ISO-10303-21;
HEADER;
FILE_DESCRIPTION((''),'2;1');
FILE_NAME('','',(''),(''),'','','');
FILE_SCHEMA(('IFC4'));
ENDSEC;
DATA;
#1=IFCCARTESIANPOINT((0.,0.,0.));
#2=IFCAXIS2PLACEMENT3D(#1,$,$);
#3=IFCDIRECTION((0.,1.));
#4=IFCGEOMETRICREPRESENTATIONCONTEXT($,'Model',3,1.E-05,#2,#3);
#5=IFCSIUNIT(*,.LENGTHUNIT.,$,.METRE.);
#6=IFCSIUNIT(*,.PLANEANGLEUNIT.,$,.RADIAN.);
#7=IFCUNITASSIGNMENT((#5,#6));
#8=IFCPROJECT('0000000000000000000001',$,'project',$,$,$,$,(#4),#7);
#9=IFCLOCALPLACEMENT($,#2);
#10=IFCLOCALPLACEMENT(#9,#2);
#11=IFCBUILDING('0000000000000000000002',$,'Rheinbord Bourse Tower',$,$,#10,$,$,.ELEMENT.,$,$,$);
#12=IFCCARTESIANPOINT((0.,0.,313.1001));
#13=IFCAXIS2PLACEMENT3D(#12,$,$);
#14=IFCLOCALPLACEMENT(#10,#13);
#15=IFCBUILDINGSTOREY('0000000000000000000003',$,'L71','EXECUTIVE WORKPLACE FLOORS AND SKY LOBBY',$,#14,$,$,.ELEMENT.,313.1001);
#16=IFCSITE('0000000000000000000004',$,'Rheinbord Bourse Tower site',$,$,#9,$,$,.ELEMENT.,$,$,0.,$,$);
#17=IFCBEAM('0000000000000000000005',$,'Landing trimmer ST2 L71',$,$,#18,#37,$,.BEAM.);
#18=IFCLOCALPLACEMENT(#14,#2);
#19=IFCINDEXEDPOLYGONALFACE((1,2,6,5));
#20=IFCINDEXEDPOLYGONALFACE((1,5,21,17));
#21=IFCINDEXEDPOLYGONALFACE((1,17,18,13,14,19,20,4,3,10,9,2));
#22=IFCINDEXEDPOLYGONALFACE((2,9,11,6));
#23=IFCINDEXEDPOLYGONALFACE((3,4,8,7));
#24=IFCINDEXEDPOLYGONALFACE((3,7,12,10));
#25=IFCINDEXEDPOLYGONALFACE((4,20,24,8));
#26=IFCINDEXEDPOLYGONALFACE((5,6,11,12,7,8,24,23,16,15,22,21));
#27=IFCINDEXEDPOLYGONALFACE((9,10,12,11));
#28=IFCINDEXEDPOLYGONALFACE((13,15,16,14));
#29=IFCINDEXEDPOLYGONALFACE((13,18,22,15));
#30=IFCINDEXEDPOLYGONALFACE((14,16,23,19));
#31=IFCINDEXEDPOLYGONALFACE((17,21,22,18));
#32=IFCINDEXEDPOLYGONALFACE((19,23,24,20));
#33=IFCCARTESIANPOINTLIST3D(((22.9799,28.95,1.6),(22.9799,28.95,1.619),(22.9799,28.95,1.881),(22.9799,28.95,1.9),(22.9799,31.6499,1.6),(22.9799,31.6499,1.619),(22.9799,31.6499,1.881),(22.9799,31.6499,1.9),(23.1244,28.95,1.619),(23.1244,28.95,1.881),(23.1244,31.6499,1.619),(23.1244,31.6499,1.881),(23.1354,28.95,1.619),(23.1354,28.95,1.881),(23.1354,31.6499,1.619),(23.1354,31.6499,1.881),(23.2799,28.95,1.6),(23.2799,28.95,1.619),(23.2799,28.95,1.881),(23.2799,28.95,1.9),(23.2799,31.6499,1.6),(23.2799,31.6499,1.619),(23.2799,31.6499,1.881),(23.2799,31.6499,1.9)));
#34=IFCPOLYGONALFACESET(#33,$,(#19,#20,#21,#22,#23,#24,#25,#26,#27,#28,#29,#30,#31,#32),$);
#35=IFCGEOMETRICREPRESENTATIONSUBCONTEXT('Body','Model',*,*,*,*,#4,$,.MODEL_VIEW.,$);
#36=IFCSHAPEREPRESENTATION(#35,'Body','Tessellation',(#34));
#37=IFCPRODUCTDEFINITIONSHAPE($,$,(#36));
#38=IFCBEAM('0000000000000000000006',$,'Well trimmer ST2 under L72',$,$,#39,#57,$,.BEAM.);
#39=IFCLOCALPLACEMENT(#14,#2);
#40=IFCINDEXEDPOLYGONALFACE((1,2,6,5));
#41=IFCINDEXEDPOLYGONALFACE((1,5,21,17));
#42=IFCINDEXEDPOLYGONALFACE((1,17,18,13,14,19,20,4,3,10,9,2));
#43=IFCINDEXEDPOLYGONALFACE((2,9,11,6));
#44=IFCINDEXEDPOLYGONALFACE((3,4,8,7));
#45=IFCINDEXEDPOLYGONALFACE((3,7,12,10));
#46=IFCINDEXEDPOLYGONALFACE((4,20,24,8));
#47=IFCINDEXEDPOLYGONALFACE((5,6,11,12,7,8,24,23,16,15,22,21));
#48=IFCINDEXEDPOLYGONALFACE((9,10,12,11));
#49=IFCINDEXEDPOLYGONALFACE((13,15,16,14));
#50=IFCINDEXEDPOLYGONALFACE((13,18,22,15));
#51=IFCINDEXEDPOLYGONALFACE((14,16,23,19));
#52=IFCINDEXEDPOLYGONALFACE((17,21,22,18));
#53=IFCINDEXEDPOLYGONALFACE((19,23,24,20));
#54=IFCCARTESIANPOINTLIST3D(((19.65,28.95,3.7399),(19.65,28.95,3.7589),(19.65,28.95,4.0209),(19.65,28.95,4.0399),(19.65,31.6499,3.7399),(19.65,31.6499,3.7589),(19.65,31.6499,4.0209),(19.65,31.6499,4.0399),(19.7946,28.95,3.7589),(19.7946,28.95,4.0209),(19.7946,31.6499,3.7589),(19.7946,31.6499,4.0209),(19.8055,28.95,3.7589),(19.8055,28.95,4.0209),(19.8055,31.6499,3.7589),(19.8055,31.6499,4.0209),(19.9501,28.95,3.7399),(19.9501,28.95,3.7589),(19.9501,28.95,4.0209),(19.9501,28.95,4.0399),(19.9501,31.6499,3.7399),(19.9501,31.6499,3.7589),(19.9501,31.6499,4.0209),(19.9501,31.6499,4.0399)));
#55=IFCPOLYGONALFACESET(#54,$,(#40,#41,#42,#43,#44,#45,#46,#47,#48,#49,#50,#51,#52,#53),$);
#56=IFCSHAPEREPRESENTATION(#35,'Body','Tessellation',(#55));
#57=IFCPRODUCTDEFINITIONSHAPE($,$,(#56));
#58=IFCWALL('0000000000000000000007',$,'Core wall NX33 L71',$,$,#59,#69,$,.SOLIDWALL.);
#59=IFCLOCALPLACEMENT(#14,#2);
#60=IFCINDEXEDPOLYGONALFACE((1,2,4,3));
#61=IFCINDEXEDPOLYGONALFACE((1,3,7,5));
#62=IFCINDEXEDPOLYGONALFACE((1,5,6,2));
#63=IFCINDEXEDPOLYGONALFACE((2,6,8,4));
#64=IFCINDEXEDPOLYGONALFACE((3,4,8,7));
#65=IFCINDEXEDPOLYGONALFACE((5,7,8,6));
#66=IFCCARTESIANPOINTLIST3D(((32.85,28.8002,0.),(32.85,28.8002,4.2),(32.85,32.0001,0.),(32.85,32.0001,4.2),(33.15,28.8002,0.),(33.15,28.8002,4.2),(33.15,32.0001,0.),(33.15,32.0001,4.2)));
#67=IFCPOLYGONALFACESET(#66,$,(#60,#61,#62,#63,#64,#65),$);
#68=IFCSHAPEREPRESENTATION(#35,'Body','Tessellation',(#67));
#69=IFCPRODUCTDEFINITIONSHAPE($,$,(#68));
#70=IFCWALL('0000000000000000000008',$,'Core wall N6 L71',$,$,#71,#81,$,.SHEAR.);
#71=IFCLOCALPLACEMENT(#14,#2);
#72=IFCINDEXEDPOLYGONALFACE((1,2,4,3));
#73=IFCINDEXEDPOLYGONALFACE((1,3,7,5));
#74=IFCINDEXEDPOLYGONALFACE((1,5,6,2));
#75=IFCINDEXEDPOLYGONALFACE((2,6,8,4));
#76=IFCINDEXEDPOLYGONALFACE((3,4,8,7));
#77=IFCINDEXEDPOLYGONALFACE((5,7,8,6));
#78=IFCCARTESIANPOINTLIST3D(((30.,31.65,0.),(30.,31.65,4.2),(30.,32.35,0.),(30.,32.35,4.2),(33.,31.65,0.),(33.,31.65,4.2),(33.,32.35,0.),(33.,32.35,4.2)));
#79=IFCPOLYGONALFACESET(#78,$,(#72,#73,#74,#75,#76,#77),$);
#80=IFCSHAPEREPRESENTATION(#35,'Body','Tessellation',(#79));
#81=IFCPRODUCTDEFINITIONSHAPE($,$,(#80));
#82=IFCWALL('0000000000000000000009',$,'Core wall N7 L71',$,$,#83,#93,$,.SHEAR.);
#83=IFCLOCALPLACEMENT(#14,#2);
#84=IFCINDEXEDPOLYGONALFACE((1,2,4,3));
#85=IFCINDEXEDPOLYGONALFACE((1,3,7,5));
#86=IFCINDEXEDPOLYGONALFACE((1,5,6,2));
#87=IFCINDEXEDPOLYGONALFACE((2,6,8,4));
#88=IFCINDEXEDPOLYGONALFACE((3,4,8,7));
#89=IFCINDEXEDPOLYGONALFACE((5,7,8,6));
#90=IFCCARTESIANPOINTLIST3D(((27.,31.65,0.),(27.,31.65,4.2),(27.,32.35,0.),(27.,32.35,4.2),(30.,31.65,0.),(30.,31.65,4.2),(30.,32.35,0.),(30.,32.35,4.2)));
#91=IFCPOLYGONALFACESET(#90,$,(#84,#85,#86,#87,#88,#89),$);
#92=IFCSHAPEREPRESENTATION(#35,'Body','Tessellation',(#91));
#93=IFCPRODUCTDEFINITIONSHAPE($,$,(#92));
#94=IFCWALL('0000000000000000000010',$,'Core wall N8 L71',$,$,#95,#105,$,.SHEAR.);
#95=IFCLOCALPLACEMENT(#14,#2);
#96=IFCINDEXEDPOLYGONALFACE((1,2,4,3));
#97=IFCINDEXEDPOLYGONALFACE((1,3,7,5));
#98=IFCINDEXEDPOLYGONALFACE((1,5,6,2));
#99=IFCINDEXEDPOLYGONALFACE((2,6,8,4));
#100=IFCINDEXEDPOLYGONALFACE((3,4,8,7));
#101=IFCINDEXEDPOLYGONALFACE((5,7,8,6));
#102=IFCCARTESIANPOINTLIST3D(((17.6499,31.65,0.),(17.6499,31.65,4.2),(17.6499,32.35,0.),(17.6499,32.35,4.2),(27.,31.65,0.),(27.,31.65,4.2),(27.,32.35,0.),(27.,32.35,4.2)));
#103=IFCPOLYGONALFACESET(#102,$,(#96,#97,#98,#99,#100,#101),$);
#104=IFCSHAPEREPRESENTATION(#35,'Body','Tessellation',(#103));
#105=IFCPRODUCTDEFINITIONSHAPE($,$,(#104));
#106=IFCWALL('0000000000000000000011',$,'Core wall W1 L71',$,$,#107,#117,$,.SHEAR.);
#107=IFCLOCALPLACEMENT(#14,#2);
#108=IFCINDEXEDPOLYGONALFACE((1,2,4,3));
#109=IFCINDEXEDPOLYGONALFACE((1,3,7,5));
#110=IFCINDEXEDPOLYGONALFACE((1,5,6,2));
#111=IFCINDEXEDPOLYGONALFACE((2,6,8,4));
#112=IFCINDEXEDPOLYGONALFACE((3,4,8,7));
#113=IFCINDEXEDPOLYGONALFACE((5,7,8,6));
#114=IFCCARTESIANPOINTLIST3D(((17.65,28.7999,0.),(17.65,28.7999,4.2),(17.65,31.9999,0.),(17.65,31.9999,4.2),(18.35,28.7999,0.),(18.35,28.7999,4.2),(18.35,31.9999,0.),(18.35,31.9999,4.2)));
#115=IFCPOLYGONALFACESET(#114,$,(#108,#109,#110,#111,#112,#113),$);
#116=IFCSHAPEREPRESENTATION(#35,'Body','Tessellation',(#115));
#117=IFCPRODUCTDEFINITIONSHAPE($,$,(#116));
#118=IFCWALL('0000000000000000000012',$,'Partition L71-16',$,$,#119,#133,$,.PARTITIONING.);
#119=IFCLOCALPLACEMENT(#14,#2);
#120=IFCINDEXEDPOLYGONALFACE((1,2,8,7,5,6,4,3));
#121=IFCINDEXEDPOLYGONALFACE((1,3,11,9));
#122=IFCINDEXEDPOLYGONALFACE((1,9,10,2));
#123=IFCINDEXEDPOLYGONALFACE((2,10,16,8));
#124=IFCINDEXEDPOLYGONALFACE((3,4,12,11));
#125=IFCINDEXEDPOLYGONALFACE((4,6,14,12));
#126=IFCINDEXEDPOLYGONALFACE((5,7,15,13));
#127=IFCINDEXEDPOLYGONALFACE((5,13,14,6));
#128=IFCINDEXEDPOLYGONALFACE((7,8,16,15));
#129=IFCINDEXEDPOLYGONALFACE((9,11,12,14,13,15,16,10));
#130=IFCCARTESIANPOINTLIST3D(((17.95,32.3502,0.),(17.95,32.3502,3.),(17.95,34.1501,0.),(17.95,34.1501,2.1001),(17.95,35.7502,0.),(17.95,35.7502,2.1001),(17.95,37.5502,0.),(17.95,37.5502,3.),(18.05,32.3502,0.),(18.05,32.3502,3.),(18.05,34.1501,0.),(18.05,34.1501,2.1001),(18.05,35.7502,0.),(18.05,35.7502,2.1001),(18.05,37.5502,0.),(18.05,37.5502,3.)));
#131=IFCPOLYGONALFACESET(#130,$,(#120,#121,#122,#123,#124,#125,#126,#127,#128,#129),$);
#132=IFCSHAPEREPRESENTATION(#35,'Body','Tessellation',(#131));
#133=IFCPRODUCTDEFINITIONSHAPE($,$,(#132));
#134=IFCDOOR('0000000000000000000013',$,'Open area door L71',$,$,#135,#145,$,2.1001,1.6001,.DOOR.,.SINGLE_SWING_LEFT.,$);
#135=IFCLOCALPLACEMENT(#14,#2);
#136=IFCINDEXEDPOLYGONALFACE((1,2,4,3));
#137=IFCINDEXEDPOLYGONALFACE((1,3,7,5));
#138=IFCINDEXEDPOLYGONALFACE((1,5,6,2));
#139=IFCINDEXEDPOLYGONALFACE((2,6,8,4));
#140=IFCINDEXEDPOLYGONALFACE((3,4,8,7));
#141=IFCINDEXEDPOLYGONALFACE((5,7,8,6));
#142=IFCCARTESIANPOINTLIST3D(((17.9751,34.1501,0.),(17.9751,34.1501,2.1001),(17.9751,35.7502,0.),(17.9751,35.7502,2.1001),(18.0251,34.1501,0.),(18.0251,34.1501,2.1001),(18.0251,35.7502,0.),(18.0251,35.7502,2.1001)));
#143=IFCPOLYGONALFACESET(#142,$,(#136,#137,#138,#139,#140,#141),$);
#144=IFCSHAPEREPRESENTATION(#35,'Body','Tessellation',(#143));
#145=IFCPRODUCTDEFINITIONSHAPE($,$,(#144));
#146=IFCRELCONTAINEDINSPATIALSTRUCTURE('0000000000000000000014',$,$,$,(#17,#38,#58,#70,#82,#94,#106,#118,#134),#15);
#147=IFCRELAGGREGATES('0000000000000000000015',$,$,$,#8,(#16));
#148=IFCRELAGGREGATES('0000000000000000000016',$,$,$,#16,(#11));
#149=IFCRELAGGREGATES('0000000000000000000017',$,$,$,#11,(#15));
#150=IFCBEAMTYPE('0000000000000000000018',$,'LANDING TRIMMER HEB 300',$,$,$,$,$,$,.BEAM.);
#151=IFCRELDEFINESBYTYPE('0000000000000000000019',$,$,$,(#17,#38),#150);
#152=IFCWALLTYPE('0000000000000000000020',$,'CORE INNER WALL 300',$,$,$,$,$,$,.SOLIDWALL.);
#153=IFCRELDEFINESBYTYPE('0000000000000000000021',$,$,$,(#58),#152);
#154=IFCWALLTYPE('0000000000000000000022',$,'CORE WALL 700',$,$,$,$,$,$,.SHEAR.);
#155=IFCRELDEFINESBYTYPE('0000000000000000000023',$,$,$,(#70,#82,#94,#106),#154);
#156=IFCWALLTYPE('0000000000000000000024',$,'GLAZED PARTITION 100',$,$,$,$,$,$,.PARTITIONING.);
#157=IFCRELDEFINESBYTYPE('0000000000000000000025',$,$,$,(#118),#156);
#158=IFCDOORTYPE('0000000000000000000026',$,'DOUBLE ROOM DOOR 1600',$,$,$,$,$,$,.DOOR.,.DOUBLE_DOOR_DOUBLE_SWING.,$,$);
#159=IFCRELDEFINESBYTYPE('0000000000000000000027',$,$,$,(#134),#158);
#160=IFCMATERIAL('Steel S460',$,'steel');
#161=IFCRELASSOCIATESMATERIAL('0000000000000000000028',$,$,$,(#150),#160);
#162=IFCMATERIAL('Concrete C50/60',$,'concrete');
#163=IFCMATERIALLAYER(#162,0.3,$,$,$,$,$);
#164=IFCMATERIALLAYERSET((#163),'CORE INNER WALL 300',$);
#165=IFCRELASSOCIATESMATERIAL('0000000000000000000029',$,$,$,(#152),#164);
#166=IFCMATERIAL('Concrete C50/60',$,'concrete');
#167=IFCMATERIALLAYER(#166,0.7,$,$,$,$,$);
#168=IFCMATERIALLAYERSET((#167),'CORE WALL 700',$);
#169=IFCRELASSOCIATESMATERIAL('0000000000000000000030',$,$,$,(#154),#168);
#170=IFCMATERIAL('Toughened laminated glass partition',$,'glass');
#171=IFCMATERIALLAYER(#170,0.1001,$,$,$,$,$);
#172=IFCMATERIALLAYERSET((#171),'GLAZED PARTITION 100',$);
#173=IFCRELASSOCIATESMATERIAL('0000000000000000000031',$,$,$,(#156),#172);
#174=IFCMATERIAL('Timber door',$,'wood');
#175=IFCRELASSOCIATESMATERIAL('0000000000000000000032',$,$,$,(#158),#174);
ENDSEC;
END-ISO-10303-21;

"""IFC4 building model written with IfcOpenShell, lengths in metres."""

from ifc_helpers import new_model, si_unit, direction, frame, frame_2d, origin, origin_2d, place, context, subcontext, project, spatial, rectangle, i_section, extrude, material, layer, layer_set, material_profile, profile_set, type_object, element, fill, save


model = new_model("IFC4")

# Units and contexts
model_context = context("Model", 3, precision=1e-05, world=origin(), true_north=direction((0.0, 1.0)))
body_context = subcontext(model_context, "Body", "Model", "MODEL_VIEW")
ifc_project = project(units=[si_unit("LENGTHUNIT", "METRE"), si_unit("PLANEANGLEUNIT", "RADIAN")], contexts=[model_context])

# Site, building, storey
site_placement = place(None, origin())
site = spatial("IfcSite", under=ifc_project, at=site_placement, Name="Rheinbord Bourse Tower site", CompositionType="ELEMENT", RefElevation=0.0)
building_placement = place(site_placement, origin())
building = spatial("IfcBuilding", under=site, at=building_placement, Name="Rheinbord Bourse Tower", CompositionType="ELEMENT")
storey_placement = place(building_placement, frame((0.0, 0.0, 313.1001)))
storey = spatial("IfcBuildingStorey", under=building, at=storey_placement, Name="L71", Description="EXECUTIVE WORKPLACE FLOORS AND SKY LOBBY", CompositionType="ELEMENT", Elevation=313.1001)

# Beams
ifc_material_1 = material(Name="Steel S460", Category="steel")
ifc_material_profile = material_profile(ifc_material_1, i_section(OverallWidth=0.3, OverallDepth=0.3, WebThickness=0.011, FlangeThickness=0.019, at=origin_2d()), Name="HEB 300")
ifc_profile_set = profile_set([ifc_material_profile], Name="Steel S460")
beam_type = type_object("IfcBeamType", Name="LANDING TRIMMER HEB 300", PredefinedType="BEAM", material=ifc_profile_set)
for number, where, z_axis, x_axis, name in (
    (1, (23.1299, 28.95, 1.75), (0.0, 1.0, 0.0), (-1.0, 0.0, 0.0), "Landing trimmer ST2 L71"),
    (2, (19.8, 28.95, 3.8899), (0.0, 1.0, 0.0), (-1.0, 0.0, 0.0), "Well trimmer ST2 under L72"),
):
    element("IfcBeam", number, at=place(storey_placement, frame(where, z_axis=z_axis, x_axis=x_axis)), inside=storey, type_object=beam_type, Name=name, PredefinedType="BEAM", context=body_context, shape_type="SweptSolid", body=[
        extrude(i_section(OverallWidth=0.3, OverallDepth=0.3, WebThickness=0.011, FlangeThickness=0.019, at=origin_2d()), origin(), (0.0, 0.0, 1.0), 2.7),
    ])

# Walls
ifc_material_2 = material(Name="Concrete C50/60", Category="concrete")
ifc_layer_1 = layer(ifc_material_2, 0.3)
ifc_layer_set_1 = layer_set([ifc_layer_1], Name="CORE INNER WALL 300")
wall_type_1 = type_object("IfcWallType", Name="CORE INNER WALL 300", PredefinedType="SOLIDWALL", material=ifc_layer_set_1)
wall_1_placement = place(storey_placement, frame((33.0, 28.8, 0.0), z_axis=(0.0, 0.0, 1.0), x_axis=(0.0, 1.0, 0.0)))
element("IfcWall", 3, at=wall_1_placement, inside=storey, type_object=wall_type_1, Name="Core wall NX33 L71", PredefinedType="SOLIDWALL", context=body_context, shape_type="SweptSolid", body=[
    extrude(rectangle(XDim=3.2, YDim=0.3, at=frame_2d((1.6001, 0.0))), origin(), (0.0, 0.0, 1.0), 4.2),
])
ifc_material_3 = material(Name="Concrete C50/60", Category="concrete")
ifc_layer_2 = layer(ifc_material_3, 0.7)
ifc_layer_set_2 = layer_set([ifc_layer_2], Name="CORE WALL 700")
wall_type_2 = type_object("IfcWallType", Name="CORE WALL 700", PredefinedType="SHEAR", material=ifc_layer_set_2)
for number, where, z_axis, x_axis, name in (
    (4, (33.0, 32.0, 0.0), (0.0, 0.0, 1.0), (-1.0, 0.0, 0.0), "Core wall N6 L71"),
    (5, (30.0, 32.0, 0.0), (0.0, 0.0, 1.0), (-1.0, 0.0, 0.0), "Core wall N7 L71"),
):
    element("IfcWall", number, at=place(storey_placement, frame(where, z_axis=z_axis, x_axis=x_axis)), inside=storey, type_object=wall_type_2, Name=name, PredefinedType="SHEAR", context=body_context, shape_type="SweptSolid", body=[
        extrude(rectangle(XDim=3.0, YDim=0.7, at=frame_2d((1.5, 0.0))), origin(), (0.0, 0.0, 1.0), 4.2),
    ])
wall_2_placement = place(storey_placement, frame((27.0, 32.0, 0.0), z_axis=(0.0, 0.0, 1.0), x_axis=(-1.0, 0.0, 0.0)))
element("IfcWall", 6, at=wall_2_placement, inside=storey, type_object=wall_type_2, Name="Core wall N8 L71", PredefinedType="SHEAR", context=body_context, shape_type="SweptSolid", body=[
    extrude(rectangle(XDim=9.3501, YDim=0.7, at=frame_2d((4.675, 0.0))), origin(), (0.0, 0.0, 1.0), 4.2),
])
wall_3_placement = place(storey_placement, frame((18.0, 32.0, 0.0), z_axis=(0.0, 0.0, 1.0), x_axis=(0.0, -1.0, 0.0)))
element("IfcWall", 7, at=wall_3_placement, inside=storey, type_object=wall_type_2, Name="Core wall W1 L71", PredefinedType="SHEAR", context=body_context, shape_type="SweptSolid", body=[
    extrude(rectangle(XDim=3.2, YDim=0.7, at=frame_2d((1.6001, 0.0))), origin(), (0.0, 0.0, 1.0), 4.2),
])

# Wall, opening, door
ifc_material_4 = material(Name="Toughened laminated glass partition", Category="glass")
ifc_layer_3 = layer(ifc_material_4, 0.1001)
ifc_layer_set_3 = layer_set([ifc_layer_3], Name="GLAZED PARTITION 100")
wall_type_3 = type_object("IfcWallType", Name="GLAZED PARTITION 100", PredefinedType="PARTITIONING", material=ifc_layer_set_3)
wall_4_placement = place(storey_placement, frame((18.0, 32.3501, 0.0), z_axis=(0.0, 0.0, 1.0), x_axis=(0.0, 1.0, 0.0)))
wall_4 = element("IfcWall", 8, at=wall_4_placement, inside=storey, type_object=wall_type_3, Name="Partition L71-16", PredefinedType="PARTITIONING", context=body_context, shape_type="SweptSolid", body=[
    extrude(rectangle(XDim=5.2, YDim=0.1001, at=frame_2d((2.6001, 0.0))), origin(), (0.0, 0.0, 1.0), 3.0),
])
opening_1_placement = place(wall_4_placement, frame((1.8, 0.0, 0.0)))
opening_1 = element("IfcOpeningElement", 9, at=opening_1_placement, cuts=wall_4, PredefinedType="OPENING", context=body_context, shape_type="SweptSolid", body=[
    extrude(rectangle(XDim=1.6001, YDim=2.1001, at=frame_2d((0.8, 1.05))), frame((0.0, 0.0601, 0.0), z_axis=(0.0, -1.0, 0.0), x_axis=(1.0, 0.0, 0.0)), (0.0, 0.0, 1.0), 0.1201),
])
ifc_material_5 = material(Name="Timber door", Category="wood")
door_type_1 = type_object("IfcDoorType", Name="DOUBLE ROOM DOOR 1600", OperationType="DOUBLE_DOOR_DOUBLE_SWING", PredefinedType="DOOR", material=ifc_material_5)
door_1_placement = place(opening_1_placement, origin())
door_1 = element("IfcDoor", 10, at=door_1_placement, inside=storey, type_object=door_type_1, Name="Open area door L71", OperationType="SINGLE_SWING_LEFT", OverallHeight=2.1001, OverallWidth=1.6001, PredefinedType="DOOR", context=body_context, shape_type="SweptSolid", body=[
    extrude(rectangle(XDim=1.6001, YDim=2.1001, at=frame_2d((0.8, 1.05))), frame((0.0, 0.0249, 0.0), z_axis=(0.0, -1.0, 0.0), x_axis=(1.0, 0.0, 0.0)), (0.0, 0.0, 1.0), 0.05),
])
fill(opening_1, door_1)

save(model, "model.ifc")
